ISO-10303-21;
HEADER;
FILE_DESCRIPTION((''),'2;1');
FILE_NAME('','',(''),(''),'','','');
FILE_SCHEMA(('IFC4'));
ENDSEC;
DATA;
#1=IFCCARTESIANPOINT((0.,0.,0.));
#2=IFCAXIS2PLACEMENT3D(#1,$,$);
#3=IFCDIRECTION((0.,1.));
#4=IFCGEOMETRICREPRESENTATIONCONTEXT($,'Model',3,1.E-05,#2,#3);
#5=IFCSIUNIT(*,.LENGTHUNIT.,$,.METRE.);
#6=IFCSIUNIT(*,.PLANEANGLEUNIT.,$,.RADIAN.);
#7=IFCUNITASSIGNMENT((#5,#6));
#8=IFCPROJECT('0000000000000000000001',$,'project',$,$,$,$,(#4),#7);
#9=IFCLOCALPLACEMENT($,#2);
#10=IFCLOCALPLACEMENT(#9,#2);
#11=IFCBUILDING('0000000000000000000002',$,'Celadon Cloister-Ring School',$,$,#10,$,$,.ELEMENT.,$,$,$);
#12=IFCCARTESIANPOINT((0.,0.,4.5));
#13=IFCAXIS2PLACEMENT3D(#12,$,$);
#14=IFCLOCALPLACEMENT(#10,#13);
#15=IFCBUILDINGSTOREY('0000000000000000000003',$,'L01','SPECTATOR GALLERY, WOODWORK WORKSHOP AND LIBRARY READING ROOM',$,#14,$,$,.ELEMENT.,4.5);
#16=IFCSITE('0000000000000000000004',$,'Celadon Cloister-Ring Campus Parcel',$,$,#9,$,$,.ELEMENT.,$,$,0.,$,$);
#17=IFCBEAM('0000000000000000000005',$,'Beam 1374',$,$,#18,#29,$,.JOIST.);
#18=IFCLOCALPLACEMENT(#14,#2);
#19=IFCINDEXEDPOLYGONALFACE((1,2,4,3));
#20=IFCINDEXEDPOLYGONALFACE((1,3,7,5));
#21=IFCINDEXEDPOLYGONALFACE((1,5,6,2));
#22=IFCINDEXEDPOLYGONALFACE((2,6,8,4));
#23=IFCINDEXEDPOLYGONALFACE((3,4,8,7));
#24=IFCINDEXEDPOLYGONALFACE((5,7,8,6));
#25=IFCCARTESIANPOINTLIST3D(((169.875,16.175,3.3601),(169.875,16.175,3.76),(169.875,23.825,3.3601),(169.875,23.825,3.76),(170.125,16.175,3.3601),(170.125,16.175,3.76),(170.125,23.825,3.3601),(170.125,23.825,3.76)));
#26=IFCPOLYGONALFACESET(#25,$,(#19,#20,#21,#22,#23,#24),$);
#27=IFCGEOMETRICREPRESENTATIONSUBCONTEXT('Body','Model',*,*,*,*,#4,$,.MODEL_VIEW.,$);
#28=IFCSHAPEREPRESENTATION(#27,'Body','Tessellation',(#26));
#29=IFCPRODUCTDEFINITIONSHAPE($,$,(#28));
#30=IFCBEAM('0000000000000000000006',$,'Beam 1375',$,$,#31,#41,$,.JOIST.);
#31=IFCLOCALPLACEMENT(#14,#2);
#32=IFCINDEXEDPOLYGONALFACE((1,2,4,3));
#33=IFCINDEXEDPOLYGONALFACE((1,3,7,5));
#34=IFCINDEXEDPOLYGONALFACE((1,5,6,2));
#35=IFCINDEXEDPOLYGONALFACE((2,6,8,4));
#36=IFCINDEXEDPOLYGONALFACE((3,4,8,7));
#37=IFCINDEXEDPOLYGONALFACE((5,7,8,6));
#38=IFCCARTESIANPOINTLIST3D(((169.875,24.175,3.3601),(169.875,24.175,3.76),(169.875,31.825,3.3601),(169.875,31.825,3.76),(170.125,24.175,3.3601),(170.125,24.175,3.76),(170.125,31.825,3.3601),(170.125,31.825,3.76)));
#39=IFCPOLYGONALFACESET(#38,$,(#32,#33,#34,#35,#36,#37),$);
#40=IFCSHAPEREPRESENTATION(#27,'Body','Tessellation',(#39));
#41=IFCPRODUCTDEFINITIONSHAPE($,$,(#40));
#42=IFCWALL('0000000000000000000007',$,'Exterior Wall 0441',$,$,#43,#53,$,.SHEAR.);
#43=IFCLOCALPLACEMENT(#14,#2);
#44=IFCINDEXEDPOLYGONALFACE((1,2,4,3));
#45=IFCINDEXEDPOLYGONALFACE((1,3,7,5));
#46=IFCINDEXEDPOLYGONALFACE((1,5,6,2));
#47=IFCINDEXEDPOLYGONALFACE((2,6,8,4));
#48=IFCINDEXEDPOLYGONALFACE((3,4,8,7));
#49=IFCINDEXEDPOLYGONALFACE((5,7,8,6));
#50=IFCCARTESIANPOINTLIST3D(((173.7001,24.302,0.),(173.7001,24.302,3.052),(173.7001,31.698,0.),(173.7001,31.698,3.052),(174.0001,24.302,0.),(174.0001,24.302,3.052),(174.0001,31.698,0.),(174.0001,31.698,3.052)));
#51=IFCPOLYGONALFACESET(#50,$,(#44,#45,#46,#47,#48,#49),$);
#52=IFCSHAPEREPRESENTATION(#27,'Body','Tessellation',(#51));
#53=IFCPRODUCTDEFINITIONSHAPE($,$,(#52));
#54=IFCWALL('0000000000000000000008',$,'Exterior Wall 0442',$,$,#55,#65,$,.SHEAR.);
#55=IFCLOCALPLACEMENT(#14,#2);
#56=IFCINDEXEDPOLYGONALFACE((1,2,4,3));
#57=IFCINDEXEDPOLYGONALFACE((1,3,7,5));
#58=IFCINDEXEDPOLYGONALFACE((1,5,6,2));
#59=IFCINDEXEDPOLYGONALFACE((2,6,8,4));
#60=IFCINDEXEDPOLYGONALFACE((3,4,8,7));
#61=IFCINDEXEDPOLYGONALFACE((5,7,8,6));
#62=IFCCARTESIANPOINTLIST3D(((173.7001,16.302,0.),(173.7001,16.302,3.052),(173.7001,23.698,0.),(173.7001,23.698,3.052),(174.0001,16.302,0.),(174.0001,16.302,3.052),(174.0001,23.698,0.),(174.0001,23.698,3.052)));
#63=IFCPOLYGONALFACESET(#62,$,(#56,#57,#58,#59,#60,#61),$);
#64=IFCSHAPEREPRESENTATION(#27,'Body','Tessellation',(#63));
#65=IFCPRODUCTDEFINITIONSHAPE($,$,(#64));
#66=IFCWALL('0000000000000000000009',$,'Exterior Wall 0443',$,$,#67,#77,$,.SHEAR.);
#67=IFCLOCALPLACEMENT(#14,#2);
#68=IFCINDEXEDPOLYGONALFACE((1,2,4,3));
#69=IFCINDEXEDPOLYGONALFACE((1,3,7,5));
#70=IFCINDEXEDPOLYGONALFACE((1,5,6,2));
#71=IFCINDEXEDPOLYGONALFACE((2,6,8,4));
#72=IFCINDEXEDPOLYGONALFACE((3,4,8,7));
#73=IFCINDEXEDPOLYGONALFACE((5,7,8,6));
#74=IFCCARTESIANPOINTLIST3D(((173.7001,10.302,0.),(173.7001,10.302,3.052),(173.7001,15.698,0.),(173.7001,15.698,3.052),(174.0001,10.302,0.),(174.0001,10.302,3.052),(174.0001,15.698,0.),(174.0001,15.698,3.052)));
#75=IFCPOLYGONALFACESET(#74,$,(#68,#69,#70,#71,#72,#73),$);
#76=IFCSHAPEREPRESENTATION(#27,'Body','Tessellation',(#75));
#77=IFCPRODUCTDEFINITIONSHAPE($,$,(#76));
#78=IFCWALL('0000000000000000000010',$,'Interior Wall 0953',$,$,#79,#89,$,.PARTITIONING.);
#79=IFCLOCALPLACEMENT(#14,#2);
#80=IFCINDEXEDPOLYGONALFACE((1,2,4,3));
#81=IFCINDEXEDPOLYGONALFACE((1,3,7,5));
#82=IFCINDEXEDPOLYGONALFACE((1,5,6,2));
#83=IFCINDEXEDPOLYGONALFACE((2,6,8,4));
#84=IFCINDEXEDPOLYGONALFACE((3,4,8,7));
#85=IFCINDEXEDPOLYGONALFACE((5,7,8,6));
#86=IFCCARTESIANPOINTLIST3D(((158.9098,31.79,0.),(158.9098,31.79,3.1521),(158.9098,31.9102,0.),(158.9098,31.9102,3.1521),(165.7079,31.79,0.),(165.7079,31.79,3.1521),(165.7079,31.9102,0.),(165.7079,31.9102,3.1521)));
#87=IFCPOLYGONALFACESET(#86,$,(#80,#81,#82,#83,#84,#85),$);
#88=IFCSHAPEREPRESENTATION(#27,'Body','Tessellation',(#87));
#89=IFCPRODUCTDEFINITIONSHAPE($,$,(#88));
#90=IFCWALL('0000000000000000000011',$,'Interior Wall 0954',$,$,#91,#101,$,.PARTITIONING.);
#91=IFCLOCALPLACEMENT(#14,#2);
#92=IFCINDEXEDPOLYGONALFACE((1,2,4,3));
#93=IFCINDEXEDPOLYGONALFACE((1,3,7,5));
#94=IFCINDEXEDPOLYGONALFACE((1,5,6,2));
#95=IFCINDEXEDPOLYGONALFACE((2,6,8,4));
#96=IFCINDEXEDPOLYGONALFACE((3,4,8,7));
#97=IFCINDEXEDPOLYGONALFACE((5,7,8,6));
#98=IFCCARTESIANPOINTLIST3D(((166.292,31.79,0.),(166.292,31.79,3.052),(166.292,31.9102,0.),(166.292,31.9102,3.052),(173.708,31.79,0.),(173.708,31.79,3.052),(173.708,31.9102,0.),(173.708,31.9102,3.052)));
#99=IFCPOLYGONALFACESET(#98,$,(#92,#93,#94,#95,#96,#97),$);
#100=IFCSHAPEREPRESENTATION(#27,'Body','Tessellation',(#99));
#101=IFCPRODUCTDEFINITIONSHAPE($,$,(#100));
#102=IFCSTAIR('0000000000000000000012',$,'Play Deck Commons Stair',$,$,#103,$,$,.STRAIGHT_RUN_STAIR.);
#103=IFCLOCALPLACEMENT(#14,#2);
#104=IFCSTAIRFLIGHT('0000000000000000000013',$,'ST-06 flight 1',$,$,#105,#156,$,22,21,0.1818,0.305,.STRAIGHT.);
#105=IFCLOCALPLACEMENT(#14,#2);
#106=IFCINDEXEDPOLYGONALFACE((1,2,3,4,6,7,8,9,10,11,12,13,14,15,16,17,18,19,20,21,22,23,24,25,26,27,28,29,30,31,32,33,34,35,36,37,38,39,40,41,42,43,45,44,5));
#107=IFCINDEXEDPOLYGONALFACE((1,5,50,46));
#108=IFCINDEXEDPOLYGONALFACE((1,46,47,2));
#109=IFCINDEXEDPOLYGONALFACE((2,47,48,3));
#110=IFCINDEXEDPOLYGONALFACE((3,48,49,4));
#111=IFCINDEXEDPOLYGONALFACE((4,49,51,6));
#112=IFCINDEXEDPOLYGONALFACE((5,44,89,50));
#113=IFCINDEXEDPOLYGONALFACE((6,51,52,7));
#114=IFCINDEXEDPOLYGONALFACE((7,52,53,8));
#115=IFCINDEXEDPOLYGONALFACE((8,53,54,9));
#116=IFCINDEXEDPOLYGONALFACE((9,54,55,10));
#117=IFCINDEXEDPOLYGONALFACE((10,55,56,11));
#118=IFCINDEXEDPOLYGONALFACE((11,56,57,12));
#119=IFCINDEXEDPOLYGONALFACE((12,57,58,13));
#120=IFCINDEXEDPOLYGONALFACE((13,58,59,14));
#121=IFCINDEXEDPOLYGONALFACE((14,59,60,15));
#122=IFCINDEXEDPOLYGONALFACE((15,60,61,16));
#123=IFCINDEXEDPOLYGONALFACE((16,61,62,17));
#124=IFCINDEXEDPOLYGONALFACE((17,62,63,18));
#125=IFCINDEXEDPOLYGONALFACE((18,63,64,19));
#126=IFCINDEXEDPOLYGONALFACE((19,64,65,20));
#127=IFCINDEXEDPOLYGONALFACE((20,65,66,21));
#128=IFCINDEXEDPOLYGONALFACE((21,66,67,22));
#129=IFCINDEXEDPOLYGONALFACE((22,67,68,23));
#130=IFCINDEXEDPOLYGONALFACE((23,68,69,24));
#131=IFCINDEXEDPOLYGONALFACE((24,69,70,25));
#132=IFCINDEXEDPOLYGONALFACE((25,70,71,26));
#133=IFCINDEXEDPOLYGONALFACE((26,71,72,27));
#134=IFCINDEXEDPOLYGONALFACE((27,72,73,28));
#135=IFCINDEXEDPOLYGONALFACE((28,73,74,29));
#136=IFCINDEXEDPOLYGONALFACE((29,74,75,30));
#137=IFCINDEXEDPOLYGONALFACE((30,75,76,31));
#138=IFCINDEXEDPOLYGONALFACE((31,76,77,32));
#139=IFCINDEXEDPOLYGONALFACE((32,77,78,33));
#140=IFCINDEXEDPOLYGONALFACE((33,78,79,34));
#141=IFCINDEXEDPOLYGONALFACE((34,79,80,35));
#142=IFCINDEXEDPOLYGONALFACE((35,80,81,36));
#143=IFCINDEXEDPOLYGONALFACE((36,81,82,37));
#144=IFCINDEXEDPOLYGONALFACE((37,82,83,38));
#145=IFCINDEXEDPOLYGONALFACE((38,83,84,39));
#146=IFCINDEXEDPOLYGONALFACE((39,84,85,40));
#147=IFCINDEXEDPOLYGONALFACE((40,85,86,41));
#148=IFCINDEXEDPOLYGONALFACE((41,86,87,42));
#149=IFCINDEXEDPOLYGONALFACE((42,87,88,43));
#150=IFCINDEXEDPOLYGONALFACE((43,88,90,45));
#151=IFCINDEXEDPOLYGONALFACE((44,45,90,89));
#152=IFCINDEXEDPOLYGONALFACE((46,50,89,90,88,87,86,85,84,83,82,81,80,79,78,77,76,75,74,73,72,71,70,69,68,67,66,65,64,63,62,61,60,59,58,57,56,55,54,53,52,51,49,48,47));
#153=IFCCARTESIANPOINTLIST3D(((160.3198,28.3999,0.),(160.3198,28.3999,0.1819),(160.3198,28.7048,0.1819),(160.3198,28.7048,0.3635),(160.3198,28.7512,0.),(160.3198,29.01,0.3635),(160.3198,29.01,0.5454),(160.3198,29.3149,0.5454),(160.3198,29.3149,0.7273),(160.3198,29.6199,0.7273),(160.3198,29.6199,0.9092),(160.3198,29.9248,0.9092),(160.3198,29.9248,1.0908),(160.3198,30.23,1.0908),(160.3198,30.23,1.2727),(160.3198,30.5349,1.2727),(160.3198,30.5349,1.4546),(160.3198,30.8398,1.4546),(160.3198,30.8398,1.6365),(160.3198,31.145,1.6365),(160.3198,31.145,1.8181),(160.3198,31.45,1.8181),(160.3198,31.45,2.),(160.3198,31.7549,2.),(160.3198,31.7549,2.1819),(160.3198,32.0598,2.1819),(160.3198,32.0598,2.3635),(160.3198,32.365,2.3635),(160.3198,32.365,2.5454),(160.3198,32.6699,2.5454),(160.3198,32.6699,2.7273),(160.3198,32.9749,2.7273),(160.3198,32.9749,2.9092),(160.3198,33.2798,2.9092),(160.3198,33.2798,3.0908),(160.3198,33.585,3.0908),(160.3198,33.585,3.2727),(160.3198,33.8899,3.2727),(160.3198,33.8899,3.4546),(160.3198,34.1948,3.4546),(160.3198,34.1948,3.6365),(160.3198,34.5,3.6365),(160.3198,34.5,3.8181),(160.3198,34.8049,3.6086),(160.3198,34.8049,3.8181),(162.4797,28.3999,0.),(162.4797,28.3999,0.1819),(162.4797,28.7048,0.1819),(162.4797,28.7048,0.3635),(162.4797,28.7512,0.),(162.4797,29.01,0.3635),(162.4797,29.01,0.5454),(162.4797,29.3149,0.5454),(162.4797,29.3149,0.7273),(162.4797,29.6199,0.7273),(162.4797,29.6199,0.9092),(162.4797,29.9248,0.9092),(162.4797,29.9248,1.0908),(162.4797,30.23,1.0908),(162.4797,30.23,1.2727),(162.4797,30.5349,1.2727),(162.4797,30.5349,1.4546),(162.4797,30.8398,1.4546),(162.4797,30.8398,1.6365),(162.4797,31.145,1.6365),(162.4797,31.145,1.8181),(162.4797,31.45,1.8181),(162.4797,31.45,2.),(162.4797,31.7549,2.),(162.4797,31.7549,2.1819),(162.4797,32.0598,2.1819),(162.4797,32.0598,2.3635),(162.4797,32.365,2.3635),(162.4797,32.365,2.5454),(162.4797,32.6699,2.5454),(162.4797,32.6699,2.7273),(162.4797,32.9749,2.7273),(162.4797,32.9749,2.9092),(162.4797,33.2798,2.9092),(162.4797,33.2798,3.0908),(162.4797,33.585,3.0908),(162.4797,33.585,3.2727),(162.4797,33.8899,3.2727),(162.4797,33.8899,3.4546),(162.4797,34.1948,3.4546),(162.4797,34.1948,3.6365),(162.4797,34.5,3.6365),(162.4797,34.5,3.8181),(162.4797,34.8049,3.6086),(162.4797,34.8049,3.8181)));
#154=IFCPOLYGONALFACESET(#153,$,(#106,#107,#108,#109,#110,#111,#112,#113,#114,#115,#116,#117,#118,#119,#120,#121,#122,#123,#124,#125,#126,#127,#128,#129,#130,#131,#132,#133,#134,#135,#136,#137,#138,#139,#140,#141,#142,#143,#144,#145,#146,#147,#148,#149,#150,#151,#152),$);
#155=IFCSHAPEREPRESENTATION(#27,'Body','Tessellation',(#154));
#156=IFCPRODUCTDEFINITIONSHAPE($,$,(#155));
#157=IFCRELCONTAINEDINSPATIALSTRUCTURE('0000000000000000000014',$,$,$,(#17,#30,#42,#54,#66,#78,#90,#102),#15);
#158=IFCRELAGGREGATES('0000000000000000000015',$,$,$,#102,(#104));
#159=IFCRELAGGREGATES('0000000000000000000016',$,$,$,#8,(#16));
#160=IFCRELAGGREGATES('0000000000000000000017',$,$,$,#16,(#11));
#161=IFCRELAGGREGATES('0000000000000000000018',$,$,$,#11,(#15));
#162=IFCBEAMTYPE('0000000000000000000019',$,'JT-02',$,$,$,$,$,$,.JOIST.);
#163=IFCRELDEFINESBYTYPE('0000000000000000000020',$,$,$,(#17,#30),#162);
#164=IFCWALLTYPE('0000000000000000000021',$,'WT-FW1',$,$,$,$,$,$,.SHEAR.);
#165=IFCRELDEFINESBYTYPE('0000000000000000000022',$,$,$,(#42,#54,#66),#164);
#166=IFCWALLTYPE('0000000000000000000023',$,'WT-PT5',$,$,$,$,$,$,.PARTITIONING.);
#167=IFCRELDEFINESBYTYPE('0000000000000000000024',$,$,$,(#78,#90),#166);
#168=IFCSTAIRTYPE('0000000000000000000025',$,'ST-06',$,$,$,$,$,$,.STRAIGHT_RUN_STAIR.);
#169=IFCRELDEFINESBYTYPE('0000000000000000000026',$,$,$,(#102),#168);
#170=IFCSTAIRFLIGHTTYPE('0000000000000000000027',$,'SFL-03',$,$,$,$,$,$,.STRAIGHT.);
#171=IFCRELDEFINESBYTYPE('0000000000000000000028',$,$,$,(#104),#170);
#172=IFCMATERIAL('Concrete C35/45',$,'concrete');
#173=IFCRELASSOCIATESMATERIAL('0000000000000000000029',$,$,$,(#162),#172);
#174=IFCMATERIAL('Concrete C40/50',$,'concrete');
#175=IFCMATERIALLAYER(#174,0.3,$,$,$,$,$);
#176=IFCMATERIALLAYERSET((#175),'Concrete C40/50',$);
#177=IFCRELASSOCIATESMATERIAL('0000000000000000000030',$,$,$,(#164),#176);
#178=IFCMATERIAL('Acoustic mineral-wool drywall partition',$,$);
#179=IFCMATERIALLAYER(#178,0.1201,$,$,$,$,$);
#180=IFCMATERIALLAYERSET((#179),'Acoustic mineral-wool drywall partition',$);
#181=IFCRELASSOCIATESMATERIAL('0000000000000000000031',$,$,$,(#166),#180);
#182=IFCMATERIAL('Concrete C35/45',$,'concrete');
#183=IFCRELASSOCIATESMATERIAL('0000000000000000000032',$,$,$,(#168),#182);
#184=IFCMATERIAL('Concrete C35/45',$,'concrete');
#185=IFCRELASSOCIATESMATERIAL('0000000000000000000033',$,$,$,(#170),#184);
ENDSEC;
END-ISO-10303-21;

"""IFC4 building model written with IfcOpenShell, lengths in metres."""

from ifc_helpers import new_model, si_unit, direction, frame, frame_2d, origin, origin_2d, place, context, subcontext, project, spatial, polyline, rectangle, outline, extrude, material, layer, layer_set, material_profile, profile_set, type_object, element, aggregate, save


model = new_model("IFC4")

# Units and contexts
model_context = context("Model", 3, precision=1e-05, world=origin(), true_north=direction((0.0, 1.0)))
body_context = subcontext(model_context, "Body", "Model", "MODEL_VIEW")
ifc_project = project(units=[si_unit("LENGTHUNIT", "METRE"), si_unit("PLANEANGLEUNIT", "RADIAN")], contexts=[model_context])

# Site, building, storey
site_placement = place(None, origin())
site = spatial("IfcSite", under=ifc_project, at=site_placement, Name="Celadon Cloister-Ring Campus Parcel", CompositionType="ELEMENT", RefElevation=0.0)
building_placement = place(site_placement, origin())
building = spatial("IfcBuilding", under=site, at=building_placement, Name="Celadon Cloister-Ring School", CompositionType="ELEMENT")
storey_placement = place(building_placement, frame((0.0, 0.0, 4.5)))
storey = spatial("IfcBuildingStorey", under=building, at=storey_placement, Name="L01", Description="SPECTATOR GALLERY, WOODWORK WORKSHOP AND LIBRARY READING ROOM", CompositionType="ELEMENT", Elevation=4.5)

# Beams
ifc_material_1 = material(Name="Concrete C35/45", Category="concrete")
ifc_material_profile_1 = material_profile(ifc_material_1, rectangle(XDim=0.25, YDim=0.3999, at=origin_2d()), Name="RC250X400")
ifc_profile_set_1 = profile_set([ifc_material_profile_1], Name="Concrete C35/45")
beam_type_1 = type_object("IfcBeamType", Name="JT-02", PredefinedType="JOIST", material=ifc_profile_set_1)
for number, where, z_axis, x_axis, name in (
    (1, (170.0, 16.175, 3.5601), (0.0, 1.0, 0.0), (-1.0, 0.0, 0.0), "Beam 1374"),
    (2, (170.0, 24.175, 3.5601), (0.0, 1.0, 0.0), (-1.0, 0.0, 0.0), "Beam 1375"),
):
    element("IfcBeam", number, at=place(storey_placement, frame(where, z_axis=z_axis, x_axis=x_axis)), inside=storey, type_object=beam_type_1, Name=name, PredefinedType="JOIST", context=body_context, shape_type="SweptSolid", body=[
        extrude(rectangle(XDim=0.25, YDim=0.3999, at=origin_2d()), origin(), (0.0, 0.0, 1.0), 7.6499),
    ])

# Walls
ifc_material_2 = material(Name="Concrete C40/50", Category="concrete")
ifc_layer_1 = layer(ifc_material_2, 0.3)
ifc_layer_set_1 = layer_set([ifc_layer_1], Name="Concrete C40/50")
wall_type_1 = type_object("IfcWallType", Name="WT-FW1", PredefinedType="SHEAR", material=ifc_layer_set_1)
for number, where, z_axis, x_axis, name in (
    (3, (173.8501, 31.698, 0.0), (0.0, 0.0, 1.0), (0.0, -1.0, 0.0), "Exterior Wall 0441"),
    (4, (173.8501, 23.698, 0.0), (0.0, 0.0, 1.0), (0.0, -1.0, 0.0), "Exterior Wall 0442"),
):
    element("IfcWall", number, at=place(storey_placement, frame(where, z_axis=z_axis, x_axis=x_axis)), inside=storey, type_object=wall_type_1, Name=name, PredefinedType="SHEAR", context=body_context, shape_type="SweptSolid", body=[
        extrude(rectangle(XDim=7.396, YDim=0.3, at=frame_2d((3.698, 0.0))), origin(), (0.0, 0.0, 1.0), 3.052),
    ])
wall_1_placement = place(storey_placement, frame((173.8501, 15.698, 0.0), z_axis=(0.0, 0.0, 1.0), x_axis=(0.0, -1.0, 0.0)))
element("IfcWall", 5, at=wall_1_placement, inside=storey, type_object=wall_type_1, Name="Exterior Wall 0443", PredefinedType="SHEAR", context=body_context, shape_type="SweptSolid", body=[
    extrude(rectangle(XDim=5.396, YDim=0.3, at=frame_2d((2.698, 0.0))), origin(), (0.0, 0.0, 1.0), 3.052),
])
ifc_material_3 = material(Name="Acoustic mineral-wool drywall partition")
ifc_layer_2 = layer(ifc_material_3, 0.1201)
ifc_layer_set_2 = layer_set([ifc_layer_2], Name="Acoustic mineral-wool drywall partition")
wall_type_2 = type_object("IfcWallType", Name="WT-PT5", PredefinedType="PARTITIONING", material=ifc_layer_set_2)
wall_2_placement = place(storey_placement, frame((158.9099, 31.8501, 0.0), z_axis=(0.0, 0.0, 1.0), x_axis=(1.0, 0.0, 0.0)))
element("IfcWall", 6, at=wall_2_placement, inside=storey, type_object=wall_type_2, Name="Interior Wall 0953", PredefinedType="PARTITIONING", context=body_context, shape_type="SweptSolid", body=[
    extrude(rectangle(XDim=6.7981, YDim=0.1201, at=frame_2d((3.3989, 0.0))), origin(), (0.0, 0.0, 1.0), 3.1521),
])
wall_3_placement = place(storey_placement, frame((166.292, 31.8501, 0.0), z_axis=(0.0, 0.0, 1.0), x_axis=(1.0, 0.0, 0.0)))
element("IfcWall", 7, at=wall_3_placement, inside=storey, type_object=wall_type_2, Name="Interior Wall 0954", PredefinedType="PARTITIONING", context=body_context, shape_type="SweptSolid", body=[
    extrude(rectangle(XDim=7.416, YDim=0.1201, at=frame_2d((3.708, 0.0))), origin(), (0.0, 0.0, 1.0), 3.052),
])

# Stair, stair flight
ifc_material_4 = material(Name="Concrete C35/45", Category="concrete")
stair_type = type_object("IfcStairType", Name="ST-06", PredefinedType="STRAIGHT_RUN_STAIR", material=ifc_material_4)
stair_placement = place(storey_placement, origin())
stair = element("IfcStair", 8, at=stair_placement, inside=storey, type_object=stair_type, Name="Play Deck Commons Stair", PredefinedType="STRAIGHT_RUN_STAIR")
ifc_material_5 = material(Name="Concrete C35/45", Category="concrete")
stair_flight_type = type_object("IfcStairFlightType", Name="SFL-03", PredefinedType="STRAIGHT", material=ifc_material_5)
stair_flight_placement = place(storey_placement, frame((161.3999, 28.3999, 0.0), z_axis=(0.0, 0.0, 1.0), x_axis=(0.0, 1.0, 0.0)))
stair_flight = element("IfcStairFlight", 9, at=stair_flight_placement, type_object=stair_flight_type, Name="ST-06 flight 1", NumberOfRisers=22, NumberOfTreads=21, PredefinedType="STRAIGHT", RiserHeight=0.1818, TreadLength=0.305, context=body_context, shape_type="SweptSolid", body=[
    extrude(outline(polyline([(0.0, 0.0), (0.0, 0.1819), (0.3049, 0.1819), (0.3049, 0.3635), (0.6101, 0.3635), (0.6101, 0.5454), (0.915, 0.5454), (0.915, 0.7273), (1.22, 0.7273), (1.22, 0.9092), (1.5249, 0.9092), (1.5249, 1.0908), (1.8301, 1.0908), (1.8301, 1.2727), (2.135, 1.2727), (2.135, 1.4546), (2.4399, 1.4546), (2.4399, 1.6365), (2.7451, 1.6365), (2.7451, 1.8181), (3.05, 1.8181), (3.05, 2.0), (3.355, 2.0), (3.355, 2.1819), (3.6599, 2.1819), (3.6599, 2.3635), (3.9651, 2.3635), (3.9651, 2.5454), (4.27, 2.5454), (4.27, 2.7273), (4.575, 2.7273), (4.575, 2.9092), (4.8799, 2.9092), (4.8799, 3.0908), (5.1851, 3.0908), (5.1851, 3.2727), (5.49, 3.2727), (5.49, 3.4546), (5.7949, 3.4546), (5.7949, 3.6365), (6.1001, 3.6365), (6.1001, 3.8181), (6.405, 3.8181), (6.405, 4.0), (6.405, 3.6086), (0.3513, 0.0), (0.0, 0.0)])), frame((0.0, 1.0801, 0.0), z_axis=(0.0, -1.0, 0.0), x_axis=(1.0, 0.0, 0.0)), (0.0, 0.0, 1.0), 2.1599),
])
aggregate(stair, [stair_flight])

save(model, "model.ifc")
